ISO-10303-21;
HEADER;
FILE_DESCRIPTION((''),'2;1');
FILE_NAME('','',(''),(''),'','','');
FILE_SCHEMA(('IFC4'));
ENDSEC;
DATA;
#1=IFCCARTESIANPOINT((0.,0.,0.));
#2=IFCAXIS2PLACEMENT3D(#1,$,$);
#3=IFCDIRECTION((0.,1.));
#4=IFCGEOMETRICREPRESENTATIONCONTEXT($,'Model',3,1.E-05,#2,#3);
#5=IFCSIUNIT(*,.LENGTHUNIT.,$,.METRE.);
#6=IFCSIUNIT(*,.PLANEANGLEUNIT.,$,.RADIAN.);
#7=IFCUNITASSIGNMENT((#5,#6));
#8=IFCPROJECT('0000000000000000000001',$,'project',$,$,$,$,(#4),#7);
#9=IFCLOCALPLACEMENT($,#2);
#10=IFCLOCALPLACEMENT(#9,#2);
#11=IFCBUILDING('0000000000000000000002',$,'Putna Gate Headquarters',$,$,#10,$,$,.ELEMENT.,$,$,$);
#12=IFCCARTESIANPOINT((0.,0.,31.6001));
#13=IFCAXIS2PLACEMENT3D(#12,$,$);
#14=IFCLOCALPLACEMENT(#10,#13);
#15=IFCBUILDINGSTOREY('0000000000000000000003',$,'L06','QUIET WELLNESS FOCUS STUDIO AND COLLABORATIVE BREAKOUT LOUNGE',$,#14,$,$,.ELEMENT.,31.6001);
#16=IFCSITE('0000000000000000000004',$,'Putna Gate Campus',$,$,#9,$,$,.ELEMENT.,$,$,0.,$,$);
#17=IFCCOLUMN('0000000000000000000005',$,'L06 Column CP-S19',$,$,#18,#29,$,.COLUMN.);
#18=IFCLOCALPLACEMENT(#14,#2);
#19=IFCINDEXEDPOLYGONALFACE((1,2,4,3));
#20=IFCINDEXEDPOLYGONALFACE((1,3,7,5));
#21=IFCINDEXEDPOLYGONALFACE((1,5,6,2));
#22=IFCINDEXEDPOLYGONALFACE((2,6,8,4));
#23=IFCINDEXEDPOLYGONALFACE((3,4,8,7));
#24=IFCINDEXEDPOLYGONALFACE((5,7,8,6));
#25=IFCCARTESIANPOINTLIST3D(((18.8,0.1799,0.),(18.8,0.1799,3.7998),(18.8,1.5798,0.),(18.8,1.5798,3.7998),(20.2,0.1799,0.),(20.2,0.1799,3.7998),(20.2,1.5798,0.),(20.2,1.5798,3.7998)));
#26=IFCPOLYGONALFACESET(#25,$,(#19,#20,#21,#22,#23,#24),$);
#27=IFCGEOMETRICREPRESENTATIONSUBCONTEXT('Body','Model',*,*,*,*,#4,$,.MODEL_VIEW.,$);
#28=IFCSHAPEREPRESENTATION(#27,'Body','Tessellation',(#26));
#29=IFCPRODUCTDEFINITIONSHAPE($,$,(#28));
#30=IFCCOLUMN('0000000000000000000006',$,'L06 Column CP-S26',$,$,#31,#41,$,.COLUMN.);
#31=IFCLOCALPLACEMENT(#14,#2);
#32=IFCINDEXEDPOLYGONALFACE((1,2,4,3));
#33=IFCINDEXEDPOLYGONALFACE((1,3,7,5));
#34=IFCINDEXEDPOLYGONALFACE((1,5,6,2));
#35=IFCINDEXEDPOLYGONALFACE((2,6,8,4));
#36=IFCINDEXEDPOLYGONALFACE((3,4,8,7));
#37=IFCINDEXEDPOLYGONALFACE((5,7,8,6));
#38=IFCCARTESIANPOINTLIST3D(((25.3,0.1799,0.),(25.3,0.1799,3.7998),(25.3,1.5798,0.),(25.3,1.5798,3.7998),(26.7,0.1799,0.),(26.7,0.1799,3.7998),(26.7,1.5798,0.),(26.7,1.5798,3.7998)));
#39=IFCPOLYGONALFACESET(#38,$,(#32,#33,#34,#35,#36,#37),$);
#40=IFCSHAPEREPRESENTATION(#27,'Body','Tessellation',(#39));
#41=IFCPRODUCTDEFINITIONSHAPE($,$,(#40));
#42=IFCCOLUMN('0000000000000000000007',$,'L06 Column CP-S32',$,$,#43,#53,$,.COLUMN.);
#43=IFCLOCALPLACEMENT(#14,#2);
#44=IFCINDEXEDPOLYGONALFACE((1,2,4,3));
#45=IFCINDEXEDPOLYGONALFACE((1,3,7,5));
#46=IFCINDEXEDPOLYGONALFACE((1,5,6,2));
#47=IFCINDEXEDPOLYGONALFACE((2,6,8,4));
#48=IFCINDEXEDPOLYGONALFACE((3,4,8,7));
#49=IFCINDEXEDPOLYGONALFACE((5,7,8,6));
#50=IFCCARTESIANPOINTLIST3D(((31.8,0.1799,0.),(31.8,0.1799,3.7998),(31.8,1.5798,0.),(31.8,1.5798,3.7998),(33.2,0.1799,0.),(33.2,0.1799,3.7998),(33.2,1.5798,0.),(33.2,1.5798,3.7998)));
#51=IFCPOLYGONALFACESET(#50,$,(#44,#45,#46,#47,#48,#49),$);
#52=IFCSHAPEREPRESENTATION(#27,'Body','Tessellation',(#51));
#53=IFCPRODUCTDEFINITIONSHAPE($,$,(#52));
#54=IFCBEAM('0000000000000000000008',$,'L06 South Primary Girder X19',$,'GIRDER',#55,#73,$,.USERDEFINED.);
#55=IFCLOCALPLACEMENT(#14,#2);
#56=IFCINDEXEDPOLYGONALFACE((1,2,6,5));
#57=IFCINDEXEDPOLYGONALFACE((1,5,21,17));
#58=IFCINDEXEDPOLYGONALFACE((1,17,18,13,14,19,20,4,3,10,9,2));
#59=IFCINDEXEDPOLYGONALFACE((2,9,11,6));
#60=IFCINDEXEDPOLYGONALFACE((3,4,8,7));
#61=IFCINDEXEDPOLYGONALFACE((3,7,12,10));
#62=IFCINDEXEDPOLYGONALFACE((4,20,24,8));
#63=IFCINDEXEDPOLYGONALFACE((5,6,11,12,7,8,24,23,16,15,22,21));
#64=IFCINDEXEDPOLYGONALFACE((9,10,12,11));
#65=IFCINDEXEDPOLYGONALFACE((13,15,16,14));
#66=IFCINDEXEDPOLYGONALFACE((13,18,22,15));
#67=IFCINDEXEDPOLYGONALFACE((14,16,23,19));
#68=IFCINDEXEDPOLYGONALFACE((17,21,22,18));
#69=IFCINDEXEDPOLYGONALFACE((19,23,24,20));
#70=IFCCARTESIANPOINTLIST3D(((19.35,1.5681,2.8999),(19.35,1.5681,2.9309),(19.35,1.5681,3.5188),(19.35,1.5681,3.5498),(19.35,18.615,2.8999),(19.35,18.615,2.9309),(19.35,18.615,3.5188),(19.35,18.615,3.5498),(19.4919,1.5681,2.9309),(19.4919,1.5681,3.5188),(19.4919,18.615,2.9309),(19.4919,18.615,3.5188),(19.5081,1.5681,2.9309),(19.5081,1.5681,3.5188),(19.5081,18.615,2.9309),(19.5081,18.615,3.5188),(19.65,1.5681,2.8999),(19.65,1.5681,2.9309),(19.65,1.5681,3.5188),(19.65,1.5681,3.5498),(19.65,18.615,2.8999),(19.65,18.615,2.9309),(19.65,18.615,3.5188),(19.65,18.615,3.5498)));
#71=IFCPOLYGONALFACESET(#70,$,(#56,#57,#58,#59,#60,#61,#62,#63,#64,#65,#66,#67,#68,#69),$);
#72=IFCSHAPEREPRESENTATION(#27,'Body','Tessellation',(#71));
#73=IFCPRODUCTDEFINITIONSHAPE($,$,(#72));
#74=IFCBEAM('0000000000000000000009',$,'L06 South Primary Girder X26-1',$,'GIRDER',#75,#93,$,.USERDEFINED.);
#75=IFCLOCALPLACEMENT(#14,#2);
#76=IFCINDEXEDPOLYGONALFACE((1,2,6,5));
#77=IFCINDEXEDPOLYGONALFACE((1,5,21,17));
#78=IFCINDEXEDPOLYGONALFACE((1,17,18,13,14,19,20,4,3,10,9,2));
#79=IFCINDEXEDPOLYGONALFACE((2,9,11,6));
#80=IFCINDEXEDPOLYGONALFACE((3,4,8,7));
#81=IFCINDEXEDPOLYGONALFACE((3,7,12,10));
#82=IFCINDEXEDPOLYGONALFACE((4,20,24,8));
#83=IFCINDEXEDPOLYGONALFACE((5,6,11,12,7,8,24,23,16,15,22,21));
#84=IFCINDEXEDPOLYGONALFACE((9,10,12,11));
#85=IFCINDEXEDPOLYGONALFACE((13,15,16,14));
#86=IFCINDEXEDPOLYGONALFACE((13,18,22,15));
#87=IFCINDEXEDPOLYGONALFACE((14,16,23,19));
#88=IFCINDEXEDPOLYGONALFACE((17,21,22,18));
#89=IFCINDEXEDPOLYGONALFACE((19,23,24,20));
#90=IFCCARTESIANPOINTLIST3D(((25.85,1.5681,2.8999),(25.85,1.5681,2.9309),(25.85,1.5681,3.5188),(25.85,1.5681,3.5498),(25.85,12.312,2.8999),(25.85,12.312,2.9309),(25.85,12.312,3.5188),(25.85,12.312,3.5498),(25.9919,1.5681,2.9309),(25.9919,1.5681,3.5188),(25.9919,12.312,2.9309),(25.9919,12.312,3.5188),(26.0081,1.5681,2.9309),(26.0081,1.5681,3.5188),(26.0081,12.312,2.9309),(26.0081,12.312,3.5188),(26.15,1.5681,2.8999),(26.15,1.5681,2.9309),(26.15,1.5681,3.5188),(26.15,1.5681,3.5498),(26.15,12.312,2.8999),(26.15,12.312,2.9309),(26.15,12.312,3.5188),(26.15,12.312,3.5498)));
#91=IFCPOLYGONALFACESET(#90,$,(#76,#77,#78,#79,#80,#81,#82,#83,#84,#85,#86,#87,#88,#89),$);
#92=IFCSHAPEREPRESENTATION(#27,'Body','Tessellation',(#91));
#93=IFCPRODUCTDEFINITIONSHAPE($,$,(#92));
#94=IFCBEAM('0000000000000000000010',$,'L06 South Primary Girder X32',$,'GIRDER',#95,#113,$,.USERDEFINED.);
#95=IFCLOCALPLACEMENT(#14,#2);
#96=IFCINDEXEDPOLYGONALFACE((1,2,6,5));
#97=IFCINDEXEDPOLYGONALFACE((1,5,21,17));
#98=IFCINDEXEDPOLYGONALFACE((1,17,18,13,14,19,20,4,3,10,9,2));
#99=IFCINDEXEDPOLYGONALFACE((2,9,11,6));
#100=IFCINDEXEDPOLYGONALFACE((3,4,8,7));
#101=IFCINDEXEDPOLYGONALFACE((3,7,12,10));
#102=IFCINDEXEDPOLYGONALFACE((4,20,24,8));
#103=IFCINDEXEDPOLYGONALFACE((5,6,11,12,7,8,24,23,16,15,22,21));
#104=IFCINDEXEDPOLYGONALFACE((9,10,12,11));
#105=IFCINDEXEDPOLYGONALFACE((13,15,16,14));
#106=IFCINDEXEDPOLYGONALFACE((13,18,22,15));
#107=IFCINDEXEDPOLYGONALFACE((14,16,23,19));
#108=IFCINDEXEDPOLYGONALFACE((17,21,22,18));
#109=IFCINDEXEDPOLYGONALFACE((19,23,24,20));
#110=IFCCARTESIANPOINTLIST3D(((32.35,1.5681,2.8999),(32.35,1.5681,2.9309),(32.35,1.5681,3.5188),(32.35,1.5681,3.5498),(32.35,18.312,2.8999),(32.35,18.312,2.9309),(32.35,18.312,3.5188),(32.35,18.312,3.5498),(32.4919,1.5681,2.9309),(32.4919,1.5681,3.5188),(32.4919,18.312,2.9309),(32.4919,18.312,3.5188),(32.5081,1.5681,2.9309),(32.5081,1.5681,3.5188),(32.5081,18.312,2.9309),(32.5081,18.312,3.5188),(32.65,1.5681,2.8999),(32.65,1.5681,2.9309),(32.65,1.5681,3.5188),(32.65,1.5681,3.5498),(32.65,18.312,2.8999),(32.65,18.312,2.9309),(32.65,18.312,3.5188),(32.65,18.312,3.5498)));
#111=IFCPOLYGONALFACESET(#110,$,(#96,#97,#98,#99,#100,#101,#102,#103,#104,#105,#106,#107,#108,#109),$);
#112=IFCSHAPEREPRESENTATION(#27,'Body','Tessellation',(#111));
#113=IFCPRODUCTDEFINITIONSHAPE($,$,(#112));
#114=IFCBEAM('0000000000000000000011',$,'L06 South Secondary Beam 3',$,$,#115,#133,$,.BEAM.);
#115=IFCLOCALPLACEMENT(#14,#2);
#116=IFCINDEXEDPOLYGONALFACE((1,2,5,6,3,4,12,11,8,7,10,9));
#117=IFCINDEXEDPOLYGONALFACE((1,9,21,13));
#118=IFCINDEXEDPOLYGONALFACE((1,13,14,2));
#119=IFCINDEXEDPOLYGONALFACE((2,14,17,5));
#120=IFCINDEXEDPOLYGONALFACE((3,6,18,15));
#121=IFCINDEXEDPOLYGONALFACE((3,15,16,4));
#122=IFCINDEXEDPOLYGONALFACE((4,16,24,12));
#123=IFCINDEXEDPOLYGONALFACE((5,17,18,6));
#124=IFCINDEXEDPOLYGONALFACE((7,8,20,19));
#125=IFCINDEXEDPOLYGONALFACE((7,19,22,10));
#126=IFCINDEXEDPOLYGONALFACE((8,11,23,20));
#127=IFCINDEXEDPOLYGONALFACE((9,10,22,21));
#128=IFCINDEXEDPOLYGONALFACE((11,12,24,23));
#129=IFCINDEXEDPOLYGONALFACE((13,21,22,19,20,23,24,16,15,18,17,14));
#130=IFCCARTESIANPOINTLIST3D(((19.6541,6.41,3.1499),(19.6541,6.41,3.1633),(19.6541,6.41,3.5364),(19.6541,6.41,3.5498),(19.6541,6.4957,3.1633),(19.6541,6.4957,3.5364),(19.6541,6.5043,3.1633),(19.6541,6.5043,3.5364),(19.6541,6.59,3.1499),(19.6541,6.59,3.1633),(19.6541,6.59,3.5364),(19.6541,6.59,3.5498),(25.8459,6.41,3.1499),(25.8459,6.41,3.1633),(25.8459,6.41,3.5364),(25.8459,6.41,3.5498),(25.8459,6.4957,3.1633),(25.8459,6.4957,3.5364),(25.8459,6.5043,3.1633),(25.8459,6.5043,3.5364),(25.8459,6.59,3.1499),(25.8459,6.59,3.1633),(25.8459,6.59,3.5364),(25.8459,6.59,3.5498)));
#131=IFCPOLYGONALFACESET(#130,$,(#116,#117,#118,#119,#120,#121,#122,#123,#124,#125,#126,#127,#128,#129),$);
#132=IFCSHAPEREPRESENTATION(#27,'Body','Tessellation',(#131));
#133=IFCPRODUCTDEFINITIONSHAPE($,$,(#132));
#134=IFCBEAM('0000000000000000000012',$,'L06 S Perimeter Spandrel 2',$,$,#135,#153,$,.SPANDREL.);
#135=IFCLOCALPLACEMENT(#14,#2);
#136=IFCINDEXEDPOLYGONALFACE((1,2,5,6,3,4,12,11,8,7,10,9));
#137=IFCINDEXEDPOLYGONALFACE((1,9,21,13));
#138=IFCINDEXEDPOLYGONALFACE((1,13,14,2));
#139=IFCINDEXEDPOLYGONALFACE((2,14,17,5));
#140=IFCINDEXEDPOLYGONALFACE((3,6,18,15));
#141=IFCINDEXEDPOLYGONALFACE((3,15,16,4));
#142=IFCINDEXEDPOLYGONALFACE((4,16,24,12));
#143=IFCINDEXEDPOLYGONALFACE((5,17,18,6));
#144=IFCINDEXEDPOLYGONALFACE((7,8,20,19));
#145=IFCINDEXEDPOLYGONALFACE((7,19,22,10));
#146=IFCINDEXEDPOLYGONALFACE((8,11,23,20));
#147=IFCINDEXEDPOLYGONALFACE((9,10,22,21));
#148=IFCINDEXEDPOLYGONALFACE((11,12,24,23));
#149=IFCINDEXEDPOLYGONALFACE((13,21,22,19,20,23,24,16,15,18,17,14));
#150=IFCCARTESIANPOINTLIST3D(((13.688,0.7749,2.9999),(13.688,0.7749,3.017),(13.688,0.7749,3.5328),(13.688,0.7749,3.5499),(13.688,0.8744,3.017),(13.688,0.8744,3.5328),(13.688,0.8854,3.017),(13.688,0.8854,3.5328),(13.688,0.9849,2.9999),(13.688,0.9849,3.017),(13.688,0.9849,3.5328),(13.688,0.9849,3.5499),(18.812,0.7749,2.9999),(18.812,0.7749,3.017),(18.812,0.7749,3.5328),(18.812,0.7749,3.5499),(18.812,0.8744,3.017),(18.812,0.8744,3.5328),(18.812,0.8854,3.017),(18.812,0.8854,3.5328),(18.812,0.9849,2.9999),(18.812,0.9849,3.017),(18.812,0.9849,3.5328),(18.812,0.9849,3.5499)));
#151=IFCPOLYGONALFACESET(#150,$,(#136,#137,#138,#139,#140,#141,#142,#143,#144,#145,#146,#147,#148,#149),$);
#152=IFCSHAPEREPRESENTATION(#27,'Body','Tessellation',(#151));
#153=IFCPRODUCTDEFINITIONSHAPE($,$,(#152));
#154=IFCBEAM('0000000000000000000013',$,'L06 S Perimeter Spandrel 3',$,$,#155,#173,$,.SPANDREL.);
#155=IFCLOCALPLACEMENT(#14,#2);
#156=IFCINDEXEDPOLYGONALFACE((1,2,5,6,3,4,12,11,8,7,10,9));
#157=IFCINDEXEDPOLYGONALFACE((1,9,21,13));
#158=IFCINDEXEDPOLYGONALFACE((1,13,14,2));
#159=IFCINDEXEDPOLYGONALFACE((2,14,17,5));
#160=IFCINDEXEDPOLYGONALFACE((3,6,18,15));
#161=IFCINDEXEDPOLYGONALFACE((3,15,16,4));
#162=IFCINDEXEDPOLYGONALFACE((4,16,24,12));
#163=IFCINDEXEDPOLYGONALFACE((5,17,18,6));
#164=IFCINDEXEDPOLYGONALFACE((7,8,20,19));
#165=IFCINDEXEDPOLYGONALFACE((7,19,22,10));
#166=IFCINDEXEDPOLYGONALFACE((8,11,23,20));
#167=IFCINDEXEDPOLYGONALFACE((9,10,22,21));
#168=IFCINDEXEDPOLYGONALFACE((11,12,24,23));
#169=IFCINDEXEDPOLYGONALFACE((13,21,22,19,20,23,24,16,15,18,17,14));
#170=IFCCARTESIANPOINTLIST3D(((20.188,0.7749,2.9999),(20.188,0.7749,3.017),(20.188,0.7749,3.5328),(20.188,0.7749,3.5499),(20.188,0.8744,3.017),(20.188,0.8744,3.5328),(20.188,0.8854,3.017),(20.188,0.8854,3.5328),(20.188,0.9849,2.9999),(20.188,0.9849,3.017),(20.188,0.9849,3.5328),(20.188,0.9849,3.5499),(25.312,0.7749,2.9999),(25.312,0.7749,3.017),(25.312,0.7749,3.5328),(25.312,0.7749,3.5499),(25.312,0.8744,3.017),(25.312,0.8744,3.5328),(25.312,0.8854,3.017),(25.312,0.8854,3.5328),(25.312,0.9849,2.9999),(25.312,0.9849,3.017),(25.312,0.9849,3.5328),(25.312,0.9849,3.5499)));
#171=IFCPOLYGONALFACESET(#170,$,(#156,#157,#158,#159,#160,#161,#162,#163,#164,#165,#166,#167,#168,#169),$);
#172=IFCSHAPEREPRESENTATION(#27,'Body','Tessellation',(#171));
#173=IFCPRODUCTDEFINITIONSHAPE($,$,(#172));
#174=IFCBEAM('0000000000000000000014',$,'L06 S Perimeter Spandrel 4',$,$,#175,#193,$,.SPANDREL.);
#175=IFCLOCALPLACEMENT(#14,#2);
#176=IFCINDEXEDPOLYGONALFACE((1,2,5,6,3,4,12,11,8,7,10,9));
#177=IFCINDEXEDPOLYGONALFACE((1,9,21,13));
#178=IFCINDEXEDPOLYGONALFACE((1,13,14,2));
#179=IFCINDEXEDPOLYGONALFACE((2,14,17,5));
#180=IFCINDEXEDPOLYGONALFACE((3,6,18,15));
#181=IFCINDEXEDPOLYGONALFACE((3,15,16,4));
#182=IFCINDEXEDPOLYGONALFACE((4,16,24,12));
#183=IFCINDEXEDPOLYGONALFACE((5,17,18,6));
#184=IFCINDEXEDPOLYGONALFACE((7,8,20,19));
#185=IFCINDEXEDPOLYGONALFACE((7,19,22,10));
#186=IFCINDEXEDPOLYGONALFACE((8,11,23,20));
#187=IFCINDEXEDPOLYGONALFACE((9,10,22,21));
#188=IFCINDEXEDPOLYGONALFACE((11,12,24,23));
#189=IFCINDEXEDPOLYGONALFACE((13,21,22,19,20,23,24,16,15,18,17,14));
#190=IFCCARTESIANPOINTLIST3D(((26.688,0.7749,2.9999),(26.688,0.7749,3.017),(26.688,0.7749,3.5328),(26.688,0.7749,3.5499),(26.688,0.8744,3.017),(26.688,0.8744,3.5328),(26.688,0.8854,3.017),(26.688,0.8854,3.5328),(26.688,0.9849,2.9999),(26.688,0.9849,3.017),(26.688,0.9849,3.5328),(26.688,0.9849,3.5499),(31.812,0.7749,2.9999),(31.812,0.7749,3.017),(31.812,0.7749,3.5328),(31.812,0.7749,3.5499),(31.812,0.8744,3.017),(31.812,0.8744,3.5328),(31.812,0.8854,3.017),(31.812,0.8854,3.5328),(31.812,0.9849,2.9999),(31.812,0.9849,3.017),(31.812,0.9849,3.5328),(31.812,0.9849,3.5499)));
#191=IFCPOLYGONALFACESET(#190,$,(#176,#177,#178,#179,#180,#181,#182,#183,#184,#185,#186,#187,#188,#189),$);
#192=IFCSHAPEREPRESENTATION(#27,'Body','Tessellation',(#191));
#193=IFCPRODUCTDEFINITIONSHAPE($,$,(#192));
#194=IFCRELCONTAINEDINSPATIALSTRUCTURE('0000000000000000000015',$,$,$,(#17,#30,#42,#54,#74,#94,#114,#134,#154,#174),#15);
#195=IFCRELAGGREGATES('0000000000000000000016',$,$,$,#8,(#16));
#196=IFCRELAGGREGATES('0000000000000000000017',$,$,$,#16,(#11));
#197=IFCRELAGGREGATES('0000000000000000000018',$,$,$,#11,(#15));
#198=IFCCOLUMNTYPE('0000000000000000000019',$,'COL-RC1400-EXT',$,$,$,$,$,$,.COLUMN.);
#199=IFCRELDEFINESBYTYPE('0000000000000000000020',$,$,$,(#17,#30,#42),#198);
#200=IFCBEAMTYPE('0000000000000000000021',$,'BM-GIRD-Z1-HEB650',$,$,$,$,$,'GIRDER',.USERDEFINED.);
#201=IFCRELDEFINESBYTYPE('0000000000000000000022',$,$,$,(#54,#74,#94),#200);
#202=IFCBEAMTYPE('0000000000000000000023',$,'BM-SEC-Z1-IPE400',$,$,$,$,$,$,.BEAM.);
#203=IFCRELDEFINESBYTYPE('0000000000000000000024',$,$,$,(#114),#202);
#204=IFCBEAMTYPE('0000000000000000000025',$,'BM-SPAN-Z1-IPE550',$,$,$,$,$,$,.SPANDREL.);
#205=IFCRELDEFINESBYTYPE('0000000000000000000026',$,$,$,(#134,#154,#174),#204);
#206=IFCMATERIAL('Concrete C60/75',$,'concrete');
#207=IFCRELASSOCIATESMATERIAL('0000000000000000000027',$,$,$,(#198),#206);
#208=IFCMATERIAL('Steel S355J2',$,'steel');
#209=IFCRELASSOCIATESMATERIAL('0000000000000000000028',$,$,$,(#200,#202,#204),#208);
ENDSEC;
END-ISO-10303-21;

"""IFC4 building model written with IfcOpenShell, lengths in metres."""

from ifc_helpers import new_model, si_unit, direction, frame, origin, origin_2d, place, context, subcontext, project, spatial, rectangle, i_section, extrude, material, material_profile, profile_set, type_object, element, save


model = new_model("IFC4")

# Units and contexts
model_context = context("Model", 3, precision=1e-05, world=origin(), true_north=direction((0.0, 1.0)))
body_context = subcontext(model_context, "Body", "Model", "MODEL_VIEW")
ifc_project = project(units=[si_unit("LENGTHUNIT", "METRE"), si_unit("PLANEANGLEUNIT", "RADIAN")], contexts=[model_context])

# Site, building, storey
site_placement = place(None, origin())
site = spatial("IfcSite", under=ifc_project, at=site_placement, Name="Putna Gate Campus", CompositionType="ELEMENT", RefElevation=0.0)
building_placement = place(site_placement, origin())
building = spatial("IfcBuilding", under=site, at=building_placement, Name="Putna Gate Headquarters", CompositionType="ELEMENT")
storey_placement = place(building_placement, frame((0.0, 0.0, 31.6001)))
storey = spatial("IfcBuildingStorey", under=building, at=storey_placement, Name="L06", Description="QUIET WELLNESS FOCUS STUDIO AND COLLABORATIVE BREAKOUT LOUNGE", CompositionType="ELEMENT", Elevation=31.6001)

# Columns
ifc_material_1 = material(Name="Concrete C60/75", Category="concrete")
ifc_material_profile_1 = material_profile(ifc_material_1, rectangle(XDim=1.3999, YDim=1.3999, at=origin_2d()), Name="Concrete C60/75")
ifc_profile_set_1 = profile_set([ifc_material_profile_1], Name="Concrete C60/75")
column_type = type_object("IfcColumnType", Name="COL-RC1400-EXT", PredefinedType="COLUMN", material=ifc_profile_set_1)
for number, where, z_axis, x_axis, name in (
    (1, (19.5, 0.8799, 0.0), (0.0, 0.0, 1.0), (1.0, 0.0, 0.0), "L06 Column CP-S19"),
    (2, (26.0, 0.8799, 0.0), (0.0, 0.0, 1.0), (1.0, 0.0, 0.0), "L06 Column CP-S26"),
    (3, (32.5, 0.8799, 0.0), (0.0, 0.0, 1.0), (1.0, 0.0, 0.0), "L06 Column CP-S32"),
):
    element("IfcColumn", number, at=place(storey_placement, frame(where, z_axis=z_axis, x_axis=x_axis)), inside=storey, type_object=column_type, Name=name, PredefinedType="COLUMN", context=body_context, shape_type="SweptSolid", body=[
        extrude(rectangle(XDim=1.3999, YDim=1.3999, at=origin_2d()), origin(), (0.0, 0.0, 1.0), 3.7998),
    ])

# Beams
ifc_material_2 = material(Name="Steel S355J2", Category="steel")
ifc_material_profile_2 = material_profile(ifc_material_2, i_section(OverallWidth=0.3, OverallDepth=0.6499, WebThickness=0.0161, FlangeThickness=0.031, at=origin_2d()), Name="Steel S355J2")
ifc_profile_set_2 = profile_set([ifc_material_profile_2], Name="Steel S355J2")
beam_type_1 = type_object("IfcBeamType", Name="BM-GIRD-Z1-HEB650", ElementType="GIRDER", PredefinedType="USERDEFINED", material=ifc_profile_set_2)
beam_1_placement = place(storey_placement, frame((19.5, 1.5681, 3.2249), z_axis=(0.0, 1.0, 0.0), x_axis=(-1.0, 0.0, 0.0)))
element("IfcBeam", 4, at=beam_1_placement, inside=storey, type_object=beam_type_1, Name="L06 South Primary Girder X19", ObjectType="GIRDER", PredefinedType="USERDEFINED", context=body_context, shape_type="SweptSolid", body=[
    extrude(i_section(OverallWidth=0.3, OverallDepth=0.6499, WebThickness=0.0161, FlangeThickness=0.031, at=origin_2d()), origin(), (0.0, 0.0, 1.0), 17.0469),
])
beam_2_placement = place(storey_placement, frame((26.0, 1.5681, 3.2249), z_axis=(0.0, 1.0, 0.0), x_axis=(-1.0, 0.0, 0.0)))
element("IfcBeam", 5, at=beam_2_placement, inside=storey, type_object=beam_type_1, Name="L06 South Primary Girder X26-1", ObjectType="GIRDER", PredefinedType="USERDEFINED", context=body_context, shape_type="SweptSolid", body=[
    extrude(i_section(OverallWidth=0.3, OverallDepth=0.6499, WebThickness=0.0161, FlangeThickness=0.031, at=origin_2d()), origin(), (0.0, 0.0, 1.0), 10.7439),
])
beam_3_placement = place(storey_placement, frame((32.5, 1.5681, 3.2249), z_axis=(0.0, 1.0, 0.0), x_axis=(-1.0, 0.0, 0.0)))
element("IfcBeam", 6, at=beam_3_placement, inside=storey, type_object=beam_type_1, Name="L06 South Primary Girder X32", ObjectType="GIRDER", PredefinedType="USERDEFINED", context=body_context, shape_type="SweptSolid", body=[
    extrude(i_section(OverallWidth=0.3, OverallDepth=0.6499, WebThickness=0.0161, FlangeThickness=0.031, at=origin_2d()), origin(), (0.0, 0.0, 1.0), 16.7439),
])
ifc_material_profile_3 = material_profile(ifc_material_2, i_section(OverallWidth=0.1799, OverallDepth=0.3999, WebThickness=0.0085, FlangeThickness=0.0134, at=origin_2d()), Name="Steel S355J2")
ifc_profile_set_3 = profile_set([ifc_material_profile_3], Name="Steel S355J2")
beam_type_2 = type_object("IfcBeamType", Name="BM-SEC-Z1-IPE400", PredefinedType="BEAM", material=ifc_profile_set_3)
beam_4_placement = place(storey_placement, frame((19.6541, 6.5, 3.3499), z_axis=(1.0, 0.0, 0.0), x_axis=(0.0, 1.0, 0.0)))
element("IfcBeam", 7, at=beam_4_placement, inside=storey, type_object=beam_type_2, Name="L06 South Secondary Beam 3", PredefinedType="BEAM", context=body_context, shape_type="SweptSolid", body=[
    extrude(i_section(OverallWidth=0.1799, OverallDepth=0.3999, WebThickness=0.0085, FlangeThickness=0.0134, at=origin_2d()), origin(), (0.0, 0.0, 1.0), 6.1919),
])
ifc_material_profile_4 = material_profile(ifc_material_2, i_section(OverallWidth=0.21, OverallDepth=0.55, WebThickness=0.011, FlangeThickness=0.0171, at=origin_2d()), Name="Steel S355J2")
ifc_profile_set_4 = profile_set([ifc_material_profile_4], Name="Steel S355J2")
beam_type_3 = type_object("IfcBeamType", Name="BM-SPAN-Z1-IPE550", PredefinedType="SPANDREL", material=ifc_profile_set_4)
for number, where, z_axis, x_axis, name in (
    (8, (13.688, 0.8799, 3.2749), (1.0, 0.0, 0.0), (0.0, 1.0, 0.0), "L06 S Perimeter Spandrel 2"),
    (9, (20.188, 0.8799, 3.2749), (1.0, 0.0, 0.0), (0.0, 1.0, 0.0), "L06 S Perimeter Spandrel 3"),
    (10, (26.688, 0.8799, 3.2749), (1.0, 0.0, 0.0), (0.0, 1.0, 0.0), "L06 S Perimeter Spandrel 4"),
):
    element("IfcBeam", number, at=place(storey_placement, frame(where, z_axis=z_axis, x_axis=x_axis)), inside=storey, type_object=beam_type_3, Name=name, PredefinedType="SPANDREL", context=body_context, shape_type="SweptSolid", body=[
        extrude(i_section(OverallWidth=0.21, OverallDepth=0.55, WebThickness=0.011, FlangeThickness=0.0171, at=origin_2d()), origin(), (0.0, 0.0, 1.0), 5.124),
    ])

save(model, "model.ifc")
